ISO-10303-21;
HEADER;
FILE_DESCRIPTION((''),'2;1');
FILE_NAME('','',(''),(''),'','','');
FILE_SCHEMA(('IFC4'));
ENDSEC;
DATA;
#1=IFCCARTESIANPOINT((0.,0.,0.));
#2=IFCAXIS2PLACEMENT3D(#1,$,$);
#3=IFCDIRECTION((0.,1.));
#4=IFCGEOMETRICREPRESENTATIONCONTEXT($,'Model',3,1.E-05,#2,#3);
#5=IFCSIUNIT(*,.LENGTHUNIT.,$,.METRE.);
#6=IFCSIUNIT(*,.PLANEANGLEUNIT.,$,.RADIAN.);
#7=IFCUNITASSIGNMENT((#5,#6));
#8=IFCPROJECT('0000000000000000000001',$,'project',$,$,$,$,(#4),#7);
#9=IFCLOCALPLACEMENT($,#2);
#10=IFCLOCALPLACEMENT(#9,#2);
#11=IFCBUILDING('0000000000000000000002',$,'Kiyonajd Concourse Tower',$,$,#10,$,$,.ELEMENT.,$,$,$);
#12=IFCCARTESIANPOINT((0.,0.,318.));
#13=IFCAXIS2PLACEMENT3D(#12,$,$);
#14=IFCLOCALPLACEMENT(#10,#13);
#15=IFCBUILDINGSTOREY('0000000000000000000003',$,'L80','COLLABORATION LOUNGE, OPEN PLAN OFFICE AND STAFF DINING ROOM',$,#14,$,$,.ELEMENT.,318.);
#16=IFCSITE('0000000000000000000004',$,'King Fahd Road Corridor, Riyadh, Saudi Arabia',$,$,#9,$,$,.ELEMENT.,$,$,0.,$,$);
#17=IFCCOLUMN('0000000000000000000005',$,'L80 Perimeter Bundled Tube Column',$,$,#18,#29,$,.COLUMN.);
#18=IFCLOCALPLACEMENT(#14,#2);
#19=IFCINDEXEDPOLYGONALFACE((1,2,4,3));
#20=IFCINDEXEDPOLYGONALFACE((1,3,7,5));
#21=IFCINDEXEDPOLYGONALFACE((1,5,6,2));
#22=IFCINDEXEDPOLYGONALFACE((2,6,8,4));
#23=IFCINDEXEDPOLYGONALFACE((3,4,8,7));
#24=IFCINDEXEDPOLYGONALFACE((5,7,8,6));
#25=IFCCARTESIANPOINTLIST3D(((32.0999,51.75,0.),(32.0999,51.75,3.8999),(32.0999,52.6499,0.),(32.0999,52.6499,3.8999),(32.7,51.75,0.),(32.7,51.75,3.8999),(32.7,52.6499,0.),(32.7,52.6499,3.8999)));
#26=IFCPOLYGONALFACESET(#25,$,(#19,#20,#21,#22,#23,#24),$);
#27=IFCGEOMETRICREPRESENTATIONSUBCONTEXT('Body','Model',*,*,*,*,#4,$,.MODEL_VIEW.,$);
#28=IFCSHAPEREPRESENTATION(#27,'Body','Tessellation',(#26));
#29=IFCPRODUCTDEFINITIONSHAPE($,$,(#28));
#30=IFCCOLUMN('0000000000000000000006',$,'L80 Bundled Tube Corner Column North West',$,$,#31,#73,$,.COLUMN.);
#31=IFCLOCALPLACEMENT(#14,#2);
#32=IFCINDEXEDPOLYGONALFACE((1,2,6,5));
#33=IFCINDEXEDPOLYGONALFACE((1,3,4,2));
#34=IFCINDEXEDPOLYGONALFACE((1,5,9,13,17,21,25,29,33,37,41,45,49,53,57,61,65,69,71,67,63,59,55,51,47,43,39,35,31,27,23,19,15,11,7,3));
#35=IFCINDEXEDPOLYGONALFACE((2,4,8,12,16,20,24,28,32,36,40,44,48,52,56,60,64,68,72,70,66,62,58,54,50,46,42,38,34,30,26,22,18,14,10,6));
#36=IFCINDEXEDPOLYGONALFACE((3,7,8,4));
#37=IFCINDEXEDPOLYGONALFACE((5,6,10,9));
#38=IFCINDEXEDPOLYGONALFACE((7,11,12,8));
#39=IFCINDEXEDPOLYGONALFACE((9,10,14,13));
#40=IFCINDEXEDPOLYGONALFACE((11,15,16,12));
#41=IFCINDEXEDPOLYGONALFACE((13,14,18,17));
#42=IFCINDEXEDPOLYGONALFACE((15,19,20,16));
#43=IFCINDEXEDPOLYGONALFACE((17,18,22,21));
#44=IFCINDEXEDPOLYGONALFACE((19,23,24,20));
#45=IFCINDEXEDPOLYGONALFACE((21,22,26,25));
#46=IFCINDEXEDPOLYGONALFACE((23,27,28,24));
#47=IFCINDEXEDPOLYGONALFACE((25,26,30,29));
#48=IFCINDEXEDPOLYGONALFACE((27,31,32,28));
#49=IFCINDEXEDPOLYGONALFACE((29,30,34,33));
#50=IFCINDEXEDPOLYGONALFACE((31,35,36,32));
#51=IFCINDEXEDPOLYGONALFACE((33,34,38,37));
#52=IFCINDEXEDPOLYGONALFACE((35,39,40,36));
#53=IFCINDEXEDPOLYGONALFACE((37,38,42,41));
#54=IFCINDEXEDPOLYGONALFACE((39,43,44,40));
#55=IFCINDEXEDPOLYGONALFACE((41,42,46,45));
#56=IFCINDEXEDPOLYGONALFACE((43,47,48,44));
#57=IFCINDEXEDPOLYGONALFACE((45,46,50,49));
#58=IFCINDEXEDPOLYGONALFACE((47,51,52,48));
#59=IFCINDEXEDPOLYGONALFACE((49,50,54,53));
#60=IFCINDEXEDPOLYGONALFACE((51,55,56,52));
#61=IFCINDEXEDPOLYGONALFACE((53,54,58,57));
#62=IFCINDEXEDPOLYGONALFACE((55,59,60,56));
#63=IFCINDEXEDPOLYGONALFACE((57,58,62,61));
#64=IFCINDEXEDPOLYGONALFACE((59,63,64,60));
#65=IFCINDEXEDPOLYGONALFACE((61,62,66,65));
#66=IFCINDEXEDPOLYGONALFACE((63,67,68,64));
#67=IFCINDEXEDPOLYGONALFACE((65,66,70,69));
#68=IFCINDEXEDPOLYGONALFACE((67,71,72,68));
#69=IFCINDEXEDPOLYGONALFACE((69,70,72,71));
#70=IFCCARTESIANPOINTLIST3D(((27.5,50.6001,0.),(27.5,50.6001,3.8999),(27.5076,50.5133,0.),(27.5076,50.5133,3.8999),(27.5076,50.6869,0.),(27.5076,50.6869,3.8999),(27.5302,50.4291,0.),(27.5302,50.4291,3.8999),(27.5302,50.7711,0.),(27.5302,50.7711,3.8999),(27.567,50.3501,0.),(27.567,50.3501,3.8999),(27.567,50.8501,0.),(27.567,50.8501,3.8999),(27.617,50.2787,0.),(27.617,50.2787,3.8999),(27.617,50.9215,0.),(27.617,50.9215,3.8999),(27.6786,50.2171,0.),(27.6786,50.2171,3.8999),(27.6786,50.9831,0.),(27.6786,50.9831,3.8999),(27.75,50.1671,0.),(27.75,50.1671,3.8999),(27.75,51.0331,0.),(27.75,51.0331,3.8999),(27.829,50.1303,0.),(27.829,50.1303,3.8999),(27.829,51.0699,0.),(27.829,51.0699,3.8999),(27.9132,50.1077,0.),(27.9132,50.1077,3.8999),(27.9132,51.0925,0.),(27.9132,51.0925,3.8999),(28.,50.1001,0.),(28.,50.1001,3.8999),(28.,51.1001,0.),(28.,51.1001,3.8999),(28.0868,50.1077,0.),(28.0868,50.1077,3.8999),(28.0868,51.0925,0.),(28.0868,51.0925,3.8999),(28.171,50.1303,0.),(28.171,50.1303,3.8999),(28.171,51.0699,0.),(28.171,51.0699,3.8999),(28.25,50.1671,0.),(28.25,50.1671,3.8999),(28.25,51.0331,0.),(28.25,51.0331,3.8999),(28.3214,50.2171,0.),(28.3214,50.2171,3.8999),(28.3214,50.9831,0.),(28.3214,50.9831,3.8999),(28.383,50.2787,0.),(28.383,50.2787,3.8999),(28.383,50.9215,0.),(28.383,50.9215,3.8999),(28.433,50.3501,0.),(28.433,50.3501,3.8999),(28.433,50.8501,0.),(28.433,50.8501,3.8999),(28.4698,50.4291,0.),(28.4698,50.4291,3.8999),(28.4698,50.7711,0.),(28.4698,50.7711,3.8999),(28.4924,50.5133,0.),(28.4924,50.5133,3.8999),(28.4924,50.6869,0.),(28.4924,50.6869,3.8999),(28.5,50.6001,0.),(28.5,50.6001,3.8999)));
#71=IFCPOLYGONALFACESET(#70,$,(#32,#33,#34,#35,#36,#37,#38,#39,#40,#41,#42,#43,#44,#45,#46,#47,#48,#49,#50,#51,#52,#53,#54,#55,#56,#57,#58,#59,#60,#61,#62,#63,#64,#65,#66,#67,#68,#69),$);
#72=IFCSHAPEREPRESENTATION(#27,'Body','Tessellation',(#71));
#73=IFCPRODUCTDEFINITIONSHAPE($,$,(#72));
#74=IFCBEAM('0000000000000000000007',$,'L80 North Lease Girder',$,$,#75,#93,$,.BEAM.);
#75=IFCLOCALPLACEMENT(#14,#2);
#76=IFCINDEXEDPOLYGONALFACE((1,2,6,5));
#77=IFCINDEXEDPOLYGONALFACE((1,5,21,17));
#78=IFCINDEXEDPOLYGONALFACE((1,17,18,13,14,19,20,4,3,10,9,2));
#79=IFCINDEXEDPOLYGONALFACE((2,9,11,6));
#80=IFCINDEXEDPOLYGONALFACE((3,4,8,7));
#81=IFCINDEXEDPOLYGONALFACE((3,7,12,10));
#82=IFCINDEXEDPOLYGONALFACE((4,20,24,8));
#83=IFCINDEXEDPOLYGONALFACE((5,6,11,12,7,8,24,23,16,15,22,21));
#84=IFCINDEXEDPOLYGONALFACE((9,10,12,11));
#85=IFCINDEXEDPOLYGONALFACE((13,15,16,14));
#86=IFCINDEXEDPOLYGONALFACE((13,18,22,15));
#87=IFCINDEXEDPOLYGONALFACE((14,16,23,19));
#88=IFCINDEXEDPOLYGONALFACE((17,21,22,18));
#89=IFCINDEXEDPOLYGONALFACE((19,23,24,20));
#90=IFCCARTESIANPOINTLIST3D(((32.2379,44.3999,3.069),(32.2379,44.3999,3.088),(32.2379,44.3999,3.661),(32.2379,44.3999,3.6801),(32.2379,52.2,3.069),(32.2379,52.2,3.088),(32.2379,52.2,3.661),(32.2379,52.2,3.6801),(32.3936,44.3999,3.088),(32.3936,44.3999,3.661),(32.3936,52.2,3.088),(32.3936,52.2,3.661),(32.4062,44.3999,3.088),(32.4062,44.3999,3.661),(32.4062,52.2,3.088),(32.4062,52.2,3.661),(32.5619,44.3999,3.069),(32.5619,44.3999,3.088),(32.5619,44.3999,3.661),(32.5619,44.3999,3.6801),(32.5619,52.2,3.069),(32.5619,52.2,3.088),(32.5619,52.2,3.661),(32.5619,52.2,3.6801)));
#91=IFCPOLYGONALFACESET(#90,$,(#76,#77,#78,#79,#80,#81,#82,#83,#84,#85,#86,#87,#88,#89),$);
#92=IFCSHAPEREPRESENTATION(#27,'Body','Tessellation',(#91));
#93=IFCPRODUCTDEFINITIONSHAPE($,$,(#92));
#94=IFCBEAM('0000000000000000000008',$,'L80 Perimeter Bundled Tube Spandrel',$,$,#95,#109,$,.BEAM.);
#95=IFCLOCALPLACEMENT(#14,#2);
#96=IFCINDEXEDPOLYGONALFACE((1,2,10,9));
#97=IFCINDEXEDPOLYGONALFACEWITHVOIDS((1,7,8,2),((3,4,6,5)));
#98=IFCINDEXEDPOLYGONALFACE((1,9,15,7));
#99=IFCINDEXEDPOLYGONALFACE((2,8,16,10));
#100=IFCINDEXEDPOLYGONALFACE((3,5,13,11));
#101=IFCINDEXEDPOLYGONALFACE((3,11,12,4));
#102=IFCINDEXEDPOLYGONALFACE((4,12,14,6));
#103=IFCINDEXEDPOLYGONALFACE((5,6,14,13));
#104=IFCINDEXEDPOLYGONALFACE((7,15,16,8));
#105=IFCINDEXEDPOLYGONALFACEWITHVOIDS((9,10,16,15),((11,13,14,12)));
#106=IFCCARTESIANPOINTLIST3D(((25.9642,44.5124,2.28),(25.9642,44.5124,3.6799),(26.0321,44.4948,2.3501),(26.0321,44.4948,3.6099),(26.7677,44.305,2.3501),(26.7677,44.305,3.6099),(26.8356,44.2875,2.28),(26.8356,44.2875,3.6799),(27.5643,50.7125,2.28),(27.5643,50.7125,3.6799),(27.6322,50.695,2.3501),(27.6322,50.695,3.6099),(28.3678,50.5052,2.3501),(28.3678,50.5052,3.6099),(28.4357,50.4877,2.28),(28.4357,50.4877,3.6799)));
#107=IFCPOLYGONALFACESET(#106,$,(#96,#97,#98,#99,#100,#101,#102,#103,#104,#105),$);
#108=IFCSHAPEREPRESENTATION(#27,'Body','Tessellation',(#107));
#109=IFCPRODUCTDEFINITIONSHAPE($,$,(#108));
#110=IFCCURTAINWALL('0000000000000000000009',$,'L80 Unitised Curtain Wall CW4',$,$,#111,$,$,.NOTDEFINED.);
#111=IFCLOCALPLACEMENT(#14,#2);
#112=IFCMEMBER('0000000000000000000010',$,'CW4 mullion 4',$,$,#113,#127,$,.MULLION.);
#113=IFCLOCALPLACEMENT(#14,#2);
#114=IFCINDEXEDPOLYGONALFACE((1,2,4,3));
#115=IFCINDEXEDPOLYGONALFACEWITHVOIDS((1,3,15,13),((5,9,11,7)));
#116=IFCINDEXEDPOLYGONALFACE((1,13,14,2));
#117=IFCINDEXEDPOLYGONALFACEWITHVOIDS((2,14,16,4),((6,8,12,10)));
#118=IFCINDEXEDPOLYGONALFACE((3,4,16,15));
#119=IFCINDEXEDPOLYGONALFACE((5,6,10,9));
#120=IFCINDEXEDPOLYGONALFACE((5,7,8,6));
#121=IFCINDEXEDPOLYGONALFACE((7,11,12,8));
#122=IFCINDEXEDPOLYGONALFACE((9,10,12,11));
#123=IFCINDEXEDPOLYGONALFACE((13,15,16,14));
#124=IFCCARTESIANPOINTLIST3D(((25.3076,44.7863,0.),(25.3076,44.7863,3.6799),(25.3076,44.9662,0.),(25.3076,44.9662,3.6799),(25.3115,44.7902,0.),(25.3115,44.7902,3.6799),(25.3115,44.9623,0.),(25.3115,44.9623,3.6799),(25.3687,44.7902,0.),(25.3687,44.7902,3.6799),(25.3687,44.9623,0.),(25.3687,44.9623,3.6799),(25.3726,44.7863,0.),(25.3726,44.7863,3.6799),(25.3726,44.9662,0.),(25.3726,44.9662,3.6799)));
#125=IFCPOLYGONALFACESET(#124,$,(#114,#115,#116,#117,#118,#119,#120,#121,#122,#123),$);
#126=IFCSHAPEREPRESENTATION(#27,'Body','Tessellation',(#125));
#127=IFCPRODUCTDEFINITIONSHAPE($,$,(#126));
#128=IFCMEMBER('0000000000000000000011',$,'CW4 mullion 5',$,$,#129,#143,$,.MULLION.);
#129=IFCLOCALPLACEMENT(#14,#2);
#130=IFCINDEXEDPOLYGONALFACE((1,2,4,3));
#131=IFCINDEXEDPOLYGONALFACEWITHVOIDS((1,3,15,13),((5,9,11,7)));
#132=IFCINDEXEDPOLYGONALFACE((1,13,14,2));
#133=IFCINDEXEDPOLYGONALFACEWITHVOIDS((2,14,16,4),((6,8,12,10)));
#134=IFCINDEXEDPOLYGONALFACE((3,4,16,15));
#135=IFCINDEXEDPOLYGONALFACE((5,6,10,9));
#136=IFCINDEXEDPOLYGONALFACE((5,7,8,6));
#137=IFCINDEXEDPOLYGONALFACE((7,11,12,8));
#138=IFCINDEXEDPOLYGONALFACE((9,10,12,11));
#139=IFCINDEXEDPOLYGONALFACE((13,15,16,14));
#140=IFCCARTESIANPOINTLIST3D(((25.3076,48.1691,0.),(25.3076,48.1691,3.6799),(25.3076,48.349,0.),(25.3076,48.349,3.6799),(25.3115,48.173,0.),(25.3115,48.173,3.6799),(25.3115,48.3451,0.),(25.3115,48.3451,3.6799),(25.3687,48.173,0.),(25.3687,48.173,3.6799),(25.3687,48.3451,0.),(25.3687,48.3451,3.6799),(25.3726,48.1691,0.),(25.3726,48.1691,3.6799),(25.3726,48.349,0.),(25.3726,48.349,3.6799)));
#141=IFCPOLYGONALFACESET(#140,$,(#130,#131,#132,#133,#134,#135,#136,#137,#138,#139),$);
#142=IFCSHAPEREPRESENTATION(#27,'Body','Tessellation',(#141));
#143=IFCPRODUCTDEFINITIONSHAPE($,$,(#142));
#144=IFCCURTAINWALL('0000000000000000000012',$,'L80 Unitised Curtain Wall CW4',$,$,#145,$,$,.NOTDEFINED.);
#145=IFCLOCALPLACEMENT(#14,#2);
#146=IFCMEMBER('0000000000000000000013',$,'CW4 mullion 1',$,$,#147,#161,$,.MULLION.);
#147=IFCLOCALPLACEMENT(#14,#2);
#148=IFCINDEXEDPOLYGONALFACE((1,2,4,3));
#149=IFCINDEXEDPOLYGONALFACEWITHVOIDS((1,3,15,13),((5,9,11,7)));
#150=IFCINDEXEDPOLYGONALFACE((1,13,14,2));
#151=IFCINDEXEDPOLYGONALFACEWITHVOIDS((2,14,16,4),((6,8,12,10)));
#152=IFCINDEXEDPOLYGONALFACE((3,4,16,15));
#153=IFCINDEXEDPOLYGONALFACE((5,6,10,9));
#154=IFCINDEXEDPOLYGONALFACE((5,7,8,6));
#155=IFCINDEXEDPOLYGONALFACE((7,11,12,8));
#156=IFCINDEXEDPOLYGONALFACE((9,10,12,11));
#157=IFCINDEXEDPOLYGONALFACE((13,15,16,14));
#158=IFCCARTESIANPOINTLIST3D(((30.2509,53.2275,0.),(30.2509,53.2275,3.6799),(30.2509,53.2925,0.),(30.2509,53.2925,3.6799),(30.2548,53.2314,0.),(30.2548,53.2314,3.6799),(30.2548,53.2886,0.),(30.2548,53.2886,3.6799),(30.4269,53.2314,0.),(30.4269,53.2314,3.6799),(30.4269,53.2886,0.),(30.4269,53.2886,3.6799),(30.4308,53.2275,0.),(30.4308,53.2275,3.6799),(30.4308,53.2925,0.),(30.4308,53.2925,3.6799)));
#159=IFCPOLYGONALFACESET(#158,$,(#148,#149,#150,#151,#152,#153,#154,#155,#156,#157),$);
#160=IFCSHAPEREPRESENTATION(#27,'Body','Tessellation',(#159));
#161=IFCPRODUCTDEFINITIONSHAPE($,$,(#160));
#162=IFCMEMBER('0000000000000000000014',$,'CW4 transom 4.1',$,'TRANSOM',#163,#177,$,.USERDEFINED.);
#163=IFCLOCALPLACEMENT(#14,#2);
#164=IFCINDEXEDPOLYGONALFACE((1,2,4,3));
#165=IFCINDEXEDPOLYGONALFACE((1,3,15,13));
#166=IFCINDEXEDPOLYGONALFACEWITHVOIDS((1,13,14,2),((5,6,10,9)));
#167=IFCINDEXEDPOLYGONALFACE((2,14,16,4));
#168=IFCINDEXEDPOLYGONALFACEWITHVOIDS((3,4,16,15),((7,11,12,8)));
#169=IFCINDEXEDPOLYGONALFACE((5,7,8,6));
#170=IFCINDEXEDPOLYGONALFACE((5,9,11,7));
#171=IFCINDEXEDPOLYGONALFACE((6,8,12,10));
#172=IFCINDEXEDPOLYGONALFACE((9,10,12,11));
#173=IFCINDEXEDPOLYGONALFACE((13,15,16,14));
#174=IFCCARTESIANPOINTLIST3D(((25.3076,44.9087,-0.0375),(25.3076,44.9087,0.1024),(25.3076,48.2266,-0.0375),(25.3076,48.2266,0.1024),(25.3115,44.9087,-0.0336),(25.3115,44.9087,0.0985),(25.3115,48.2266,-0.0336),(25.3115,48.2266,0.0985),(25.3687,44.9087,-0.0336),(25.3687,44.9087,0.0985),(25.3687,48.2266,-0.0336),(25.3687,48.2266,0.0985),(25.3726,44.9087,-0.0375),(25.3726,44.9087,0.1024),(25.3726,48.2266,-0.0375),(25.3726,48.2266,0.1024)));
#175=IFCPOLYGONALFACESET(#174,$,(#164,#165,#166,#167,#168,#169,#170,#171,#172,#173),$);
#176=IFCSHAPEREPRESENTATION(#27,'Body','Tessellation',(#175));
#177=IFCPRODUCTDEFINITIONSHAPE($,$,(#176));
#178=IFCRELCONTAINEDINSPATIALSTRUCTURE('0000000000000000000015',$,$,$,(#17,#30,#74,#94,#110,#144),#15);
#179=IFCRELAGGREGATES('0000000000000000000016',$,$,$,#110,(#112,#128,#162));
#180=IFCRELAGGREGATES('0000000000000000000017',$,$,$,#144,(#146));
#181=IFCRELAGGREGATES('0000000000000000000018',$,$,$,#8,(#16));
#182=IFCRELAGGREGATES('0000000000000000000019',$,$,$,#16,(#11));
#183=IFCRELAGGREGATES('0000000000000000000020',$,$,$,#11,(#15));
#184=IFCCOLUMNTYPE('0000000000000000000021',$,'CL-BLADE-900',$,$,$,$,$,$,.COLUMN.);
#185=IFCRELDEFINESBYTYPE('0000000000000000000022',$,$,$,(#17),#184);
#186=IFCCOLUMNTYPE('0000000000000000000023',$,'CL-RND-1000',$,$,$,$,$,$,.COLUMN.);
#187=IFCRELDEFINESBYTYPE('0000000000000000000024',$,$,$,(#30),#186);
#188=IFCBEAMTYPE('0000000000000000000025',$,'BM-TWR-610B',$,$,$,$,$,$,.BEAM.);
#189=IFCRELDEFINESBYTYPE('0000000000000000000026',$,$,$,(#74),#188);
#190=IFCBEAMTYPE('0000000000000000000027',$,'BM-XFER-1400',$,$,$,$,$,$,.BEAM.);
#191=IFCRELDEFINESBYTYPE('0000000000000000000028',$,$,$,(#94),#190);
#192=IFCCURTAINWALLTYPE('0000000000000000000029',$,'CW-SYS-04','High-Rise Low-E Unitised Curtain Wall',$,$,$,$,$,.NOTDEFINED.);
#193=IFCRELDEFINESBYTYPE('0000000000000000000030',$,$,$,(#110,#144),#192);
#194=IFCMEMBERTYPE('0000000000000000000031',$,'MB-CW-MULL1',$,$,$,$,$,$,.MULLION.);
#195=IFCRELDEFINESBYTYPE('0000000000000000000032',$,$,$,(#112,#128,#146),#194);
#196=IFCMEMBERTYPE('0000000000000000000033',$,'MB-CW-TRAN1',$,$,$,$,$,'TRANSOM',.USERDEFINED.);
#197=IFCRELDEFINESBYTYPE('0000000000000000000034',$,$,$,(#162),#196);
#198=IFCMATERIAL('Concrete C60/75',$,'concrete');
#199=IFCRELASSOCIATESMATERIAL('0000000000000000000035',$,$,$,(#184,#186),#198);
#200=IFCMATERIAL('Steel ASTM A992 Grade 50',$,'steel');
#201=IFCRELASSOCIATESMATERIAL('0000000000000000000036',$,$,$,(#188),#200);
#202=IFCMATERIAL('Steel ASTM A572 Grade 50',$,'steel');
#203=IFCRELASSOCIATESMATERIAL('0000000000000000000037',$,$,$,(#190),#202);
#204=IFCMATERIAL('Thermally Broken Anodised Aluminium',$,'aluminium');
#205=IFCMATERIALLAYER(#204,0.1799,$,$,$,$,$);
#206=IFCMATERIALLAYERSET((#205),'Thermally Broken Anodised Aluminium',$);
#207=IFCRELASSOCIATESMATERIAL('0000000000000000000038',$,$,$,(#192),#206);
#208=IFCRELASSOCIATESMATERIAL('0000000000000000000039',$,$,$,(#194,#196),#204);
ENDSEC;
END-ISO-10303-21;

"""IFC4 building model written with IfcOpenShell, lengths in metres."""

from ifc_helpers import new_model, si_unit, direction, frame, origin, origin_2d, place, context, subcontext, project, spatial, rectangle, hollow_rectangle, circle, i_section, extrude, material, layer, layer_set, material_profile, profile_set, type_object, element, aggregate, save


model = new_model("IFC4")

# Units and contexts
model_context = context("Model", 3, precision=1e-05, world=origin(), true_north=direction((0.0, 1.0)))
body_context = subcontext(model_context, "Body", "Model", "MODEL_VIEW")
ifc_project = project(units=[si_unit("LENGTHUNIT", "METRE"), si_unit("PLANEANGLEUNIT", "RADIAN")], contexts=[model_context])

# Site, building, storey
site_placement = place(None, origin())
site = spatial("IfcSite", under=ifc_project, at=site_placement, Name="King Fahd Road Corridor, Riyadh, Saudi Arabia", CompositionType="ELEMENT", RefElevation=0.0)
building_placement = place(site_placement, origin())
building = spatial("IfcBuilding", under=site, at=building_placement, Name="Kiyonajd Concourse Tower", CompositionType="ELEMENT")
storey_placement = place(building_placement, frame((0.0, 0.0, 318.0)))
storey = spatial("IfcBuildingStorey", under=building, at=storey_placement, Name="L80", Description="COLLABORATION LOUNGE, OPEN PLAN OFFICE AND STAFF DINING ROOM", CompositionType="ELEMENT", Elevation=318.0)

# Columns
ifc_material_1 = material(Name="Concrete C60/75", Category="concrete")
ifc_material_profile_1 = material_profile(ifc_material_1, rectangle(XDim=0.6001, YDim=0.8999, at=origin_2d()), Name="RC-900x600")
ifc_profile_set_1 = profile_set([ifc_material_profile_1], Name="Concrete C60/75")
column_type_1 = type_object("IfcColumnType", Name="CL-BLADE-900", PredefinedType="COLUMN", material=ifc_profile_set_1)
column_1_placement = place(storey_placement, frame((32.3999, 52.2, 0.0), z_axis=(0.0, 0.0, 1.0), x_axis=(1.0, 0.0, 0.0)))
element("IfcColumn", 1, at=column_1_placement, inside=storey, type_object=column_type_1, Name="L80 Perimeter Bundled Tube Column", PredefinedType="COLUMN", context=body_context, shape_type="SweptSolid", body=[
    extrude(rectangle(XDim=0.6001, YDim=0.8999, at=origin_2d()), origin(), (0.0, 0.0, 1.0), 3.8999),
])
ifc_material_profile_2 = material_profile(ifc_material_1, circle(Radius=0.5, at=origin_2d()), Name="RCC-D1000")
ifc_profile_set_2 = profile_set([ifc_material_profile_2], Name="Concrete C60/75")
column_type_2 = type_object("IfcColumnType", Name="CL-RND-1000", PredefinedType="COLUMN", material=ifc_profile_set_2)
column_2_placement = place(storey_placement, frame((28.0, 50.6001, 0.0), z_axis=(0.0, 0.0, 1.0), x_axis=(1.0, 0.0, 0.0)))
element("IfcColumn", 2, at=column_2_placement, inside=storey, type_object=column_type_2, Name="L80 Bundled Tube Corner Column North West", PredefinedType="COLUMN", context=body_context, shape_type="SweptSolid", body=[
    extrude(circle(Radius=0.5, at=origin_2d()), origin(), (0.0, 0.0, 1.0), 3.8999),
])

# Beams
ifc_material_2 = material(Name="Steel ASTM A992 Grade 50", Category="steel")
ifc_material_profile_3 = material_profile(ifc_material_2, i_section(OverallWidth=0.324, OverallDepth=0.6111, WebThickness=0.0127, FlangeThickness=0.019, at=origin_2d()), Name="W610X155")
ifc_profile_set_3 = profile_set([ifc_material_profile_3], Name="Steel ASTM A992 Grade 50")
beam_type_1 = type_object("IfcBeamType", Name="BM-TWR-610B", PredefinedType="BEAM", material=ifc_profile_set_3)
beam_1_placement = place(storey_placement, frame((32.3999, 44.3999, 3.3745), z_axis=(0.0, 1.0, 0.0), x_axis=(-1.0, 0.0, 0.0)))
element("IfcBeam", 3, at=beam_1_placement, inside=storey, type_object=beam_type_1, Name="L80 North Lease Girder", PredefinedType="BEAM", context=body_context, shape_type="SweptSolid", body=[
    extrude(i_section(OverallWidth=0.324, OverallDepth=0.6111, WebThickness=0.0127, FlangeThickness=0.019, at=origin_2d()), origin(), (0.0, 0.0, 1.0), 7.8),
])
ifc_material_3 = material(Name="Steel ASTM A572 Grade 50", Category="steel")
ifc_material_profile_4 = material_profile(ifc_material_3, hollow_rectangle(XDim=0.8999, YDim=1.3999, WallThickness=0.0701, at=origin_2d()), Name="BOX-1400x900x70")
ifc_profile_set_4 = profile_set([ifc_material_profile_4], Name="Steel ASTM A572 Grade 50")
beam_type_2 = type_object("IfcBeamType", Name="BM-XFER-1400", PredefinedType="BEAM", material=ifc_profile_set_4)
beam_2_placement = place(storey_placement, frame((28.0, 50.6001, 2.98), z_axis=(-0.249885, -0.968276, 0.0), x_axis=(0.968276, -0.249885, 0.0)))
element("IfcBeam", 4, at=beam_2_placement, inside=storey, type_object=beam_type_2, Name="L80 Perimeter Bundled Tube Spandrel", PredefinedType="BEAM", context=body_context, shape_type="SweptSolid", body=[
    extrude(hollow_rectangle(XDim=0.8999, YDim=1.3999, WallThickness=0.0701, at=origin_2d()), origin(), (0.0, 0.0, 1.0), 6.4033),
])

# Curtain wall, members
ifc_material_4 = material(Name="Thermally Broken Anodised Aluminium", Category="aluminium")
ifc_layer_1 = layer(ifc_material_4, 0.1799)
ifc_layer_set_1 = layer_set([ifc_layer_1], Name="Thermally Broken Anodised Aluminium")
curtain_wall_type = type_object("IfcCurtainWallType", Name="CW-SYS-04", Description="High-Rise Low-E Unitised Curtain Wall", PredefinedType="NOTDEFINED", material=ifc_layer_set_1)
curtain_wall_1_placement = place(storey_placement, origin())
curtain_wall_1 = element("IfcCurtainWall", 5, at=curtain_wall_1_placement, inside=storey, type_object=curtain_wall_type, Name="L80 Unitised Curtain Wall CW4", PredefinedType="NOTDEFINED")
ifc_material_profile_5 = material_profile(ifc_material_4, hollow_rectangle(XDim=0.0649, YDim=0.1799, WallThickness=0.0039, at=origin_2d()), Name="MULL-65x180")
ifc_profile_set_5 = profile_set([ifc_material_profile_5], Name="Thermally Broken Anodised Aluminium")
member_type_1 = type_object("IfcMemberType", Name="MB-CW-MULL1", PredefinedType="MULLION", material=ifc_profile_set_5)
member_1_placement = place(storey_placement, frame((25.3401, 44.8762, 0.0), z_axis=(0.0, 0.0, 1.0), x_axis=(-1.0, 0.0, 0.0)))
member_1 = element("IfcMember", 6, at=member_1_placement, type_object=member_type_1, Name="CW4 mullion 4", PredefinedType="MULLION", context=body_context, shape_type="SweptSolid", body=[
    extrude(hollow_rectangle(XDim=0.0649, YDim=0.1799, WallThickness=0.0039, at=origin_2d()), origin(), (0.0, 0.0, 1.0), 3.6799),
])
member_2_placement = place(storey_placement, frame((25.3401, 48.259, 0.0), z_axis=(0.0, 0.0, 1.0), x_axis=(-1.0, 0.0, 0.0)))
member_2 = element("IfcMember", 7, at=member_2_placement, type_object=member_type_1, Name="CW4 mullion 5", PredefinedType="MULLION", context=body_context, shape_type="SweptSolid", body=[
    extrude(hollow_rectangle(XDim=0.0649, YDim=0.1799, WallThickness=0.0039, at=origin_2d()), origin(), (0.0, 0.0, 1.0), 3.6799),
])

# Curtain wall, member
curtain_wall_2_placement = place(storey_placement, origin())
curtain_wall_2 = element("IfcCurtainWall", 8, at=curtain_wall_2_placement, inside=storey, type_object=curtain_wall_type, Name="L80 Unitised Curtain Wall CW4", PredefinedType="NOTDEFINED")
member_3_placement = place(storey_placement, frame((30.3408, 53.26, 0.0), z_axis=(0.0, 0.0, 1.0), x_axis=(0.0, 1.0, 0.0)))
member_3 = element("IfcMember", 9, at=member_3_placement, type_object=member_type_1, Name="CW4 mullion 1", PredefinedType="MULLION", context=body_context, shape_type="SweptSolid", body=[
    extrude(hollow_rectangle(XDim=0.0649, YDim=0.1799, WallThickness=0.0039, at=origin_2d()), origin(), (0.0, 0.0, 1.0), 3.6799),
])

# Member
ifc_material_profile_6 = material_profile(ifc_material_4, hollow_rectangle(XDim=0.0649, YDim=0.1399, WallThickness=0.0039, at=origin_2d()), Name="TRAN-65x140")
ifc_profile_set_6 = profile_set([ifc_material_profile_6], Name="Thermally Broken Anodised Aluminium")
member_type_2 = type_object("IfcMemberType", Name="MB-CW-TRAN1", ElementType="TRANSOM", PredefinedType="USERDEFINED", material=ifc_profile_set_6)
member_4_placement = place(storey_placement, frame((25.3401, 44.9087, 0.0325), z_axis=(0.0, 1.0, 0.0), x_axis=(-1.0, 0.0, 0.0)))
member_4 = element("IfcMember", 10, at=member_4_placement, type_object=member_type_2, Name="CW4 transom 4.1", ObjectType="TRANSOM", PredefinedType="USERDEFINED", context=body_context, shape_type="SweptSolid", body=[
    extrude(hollow_rectangle(XDim=0.0649, YDim=0.1399, WallThickness=0.0039, at=origin_2d()), origin(), (0.0, 0.0, 1.0), 3.3179),
])

aggregate(curtain_wall_1, [member_1, member_2, member_4])
aggregate(curtain_wall_2, [member_3])

save(model, "model.ifc")
